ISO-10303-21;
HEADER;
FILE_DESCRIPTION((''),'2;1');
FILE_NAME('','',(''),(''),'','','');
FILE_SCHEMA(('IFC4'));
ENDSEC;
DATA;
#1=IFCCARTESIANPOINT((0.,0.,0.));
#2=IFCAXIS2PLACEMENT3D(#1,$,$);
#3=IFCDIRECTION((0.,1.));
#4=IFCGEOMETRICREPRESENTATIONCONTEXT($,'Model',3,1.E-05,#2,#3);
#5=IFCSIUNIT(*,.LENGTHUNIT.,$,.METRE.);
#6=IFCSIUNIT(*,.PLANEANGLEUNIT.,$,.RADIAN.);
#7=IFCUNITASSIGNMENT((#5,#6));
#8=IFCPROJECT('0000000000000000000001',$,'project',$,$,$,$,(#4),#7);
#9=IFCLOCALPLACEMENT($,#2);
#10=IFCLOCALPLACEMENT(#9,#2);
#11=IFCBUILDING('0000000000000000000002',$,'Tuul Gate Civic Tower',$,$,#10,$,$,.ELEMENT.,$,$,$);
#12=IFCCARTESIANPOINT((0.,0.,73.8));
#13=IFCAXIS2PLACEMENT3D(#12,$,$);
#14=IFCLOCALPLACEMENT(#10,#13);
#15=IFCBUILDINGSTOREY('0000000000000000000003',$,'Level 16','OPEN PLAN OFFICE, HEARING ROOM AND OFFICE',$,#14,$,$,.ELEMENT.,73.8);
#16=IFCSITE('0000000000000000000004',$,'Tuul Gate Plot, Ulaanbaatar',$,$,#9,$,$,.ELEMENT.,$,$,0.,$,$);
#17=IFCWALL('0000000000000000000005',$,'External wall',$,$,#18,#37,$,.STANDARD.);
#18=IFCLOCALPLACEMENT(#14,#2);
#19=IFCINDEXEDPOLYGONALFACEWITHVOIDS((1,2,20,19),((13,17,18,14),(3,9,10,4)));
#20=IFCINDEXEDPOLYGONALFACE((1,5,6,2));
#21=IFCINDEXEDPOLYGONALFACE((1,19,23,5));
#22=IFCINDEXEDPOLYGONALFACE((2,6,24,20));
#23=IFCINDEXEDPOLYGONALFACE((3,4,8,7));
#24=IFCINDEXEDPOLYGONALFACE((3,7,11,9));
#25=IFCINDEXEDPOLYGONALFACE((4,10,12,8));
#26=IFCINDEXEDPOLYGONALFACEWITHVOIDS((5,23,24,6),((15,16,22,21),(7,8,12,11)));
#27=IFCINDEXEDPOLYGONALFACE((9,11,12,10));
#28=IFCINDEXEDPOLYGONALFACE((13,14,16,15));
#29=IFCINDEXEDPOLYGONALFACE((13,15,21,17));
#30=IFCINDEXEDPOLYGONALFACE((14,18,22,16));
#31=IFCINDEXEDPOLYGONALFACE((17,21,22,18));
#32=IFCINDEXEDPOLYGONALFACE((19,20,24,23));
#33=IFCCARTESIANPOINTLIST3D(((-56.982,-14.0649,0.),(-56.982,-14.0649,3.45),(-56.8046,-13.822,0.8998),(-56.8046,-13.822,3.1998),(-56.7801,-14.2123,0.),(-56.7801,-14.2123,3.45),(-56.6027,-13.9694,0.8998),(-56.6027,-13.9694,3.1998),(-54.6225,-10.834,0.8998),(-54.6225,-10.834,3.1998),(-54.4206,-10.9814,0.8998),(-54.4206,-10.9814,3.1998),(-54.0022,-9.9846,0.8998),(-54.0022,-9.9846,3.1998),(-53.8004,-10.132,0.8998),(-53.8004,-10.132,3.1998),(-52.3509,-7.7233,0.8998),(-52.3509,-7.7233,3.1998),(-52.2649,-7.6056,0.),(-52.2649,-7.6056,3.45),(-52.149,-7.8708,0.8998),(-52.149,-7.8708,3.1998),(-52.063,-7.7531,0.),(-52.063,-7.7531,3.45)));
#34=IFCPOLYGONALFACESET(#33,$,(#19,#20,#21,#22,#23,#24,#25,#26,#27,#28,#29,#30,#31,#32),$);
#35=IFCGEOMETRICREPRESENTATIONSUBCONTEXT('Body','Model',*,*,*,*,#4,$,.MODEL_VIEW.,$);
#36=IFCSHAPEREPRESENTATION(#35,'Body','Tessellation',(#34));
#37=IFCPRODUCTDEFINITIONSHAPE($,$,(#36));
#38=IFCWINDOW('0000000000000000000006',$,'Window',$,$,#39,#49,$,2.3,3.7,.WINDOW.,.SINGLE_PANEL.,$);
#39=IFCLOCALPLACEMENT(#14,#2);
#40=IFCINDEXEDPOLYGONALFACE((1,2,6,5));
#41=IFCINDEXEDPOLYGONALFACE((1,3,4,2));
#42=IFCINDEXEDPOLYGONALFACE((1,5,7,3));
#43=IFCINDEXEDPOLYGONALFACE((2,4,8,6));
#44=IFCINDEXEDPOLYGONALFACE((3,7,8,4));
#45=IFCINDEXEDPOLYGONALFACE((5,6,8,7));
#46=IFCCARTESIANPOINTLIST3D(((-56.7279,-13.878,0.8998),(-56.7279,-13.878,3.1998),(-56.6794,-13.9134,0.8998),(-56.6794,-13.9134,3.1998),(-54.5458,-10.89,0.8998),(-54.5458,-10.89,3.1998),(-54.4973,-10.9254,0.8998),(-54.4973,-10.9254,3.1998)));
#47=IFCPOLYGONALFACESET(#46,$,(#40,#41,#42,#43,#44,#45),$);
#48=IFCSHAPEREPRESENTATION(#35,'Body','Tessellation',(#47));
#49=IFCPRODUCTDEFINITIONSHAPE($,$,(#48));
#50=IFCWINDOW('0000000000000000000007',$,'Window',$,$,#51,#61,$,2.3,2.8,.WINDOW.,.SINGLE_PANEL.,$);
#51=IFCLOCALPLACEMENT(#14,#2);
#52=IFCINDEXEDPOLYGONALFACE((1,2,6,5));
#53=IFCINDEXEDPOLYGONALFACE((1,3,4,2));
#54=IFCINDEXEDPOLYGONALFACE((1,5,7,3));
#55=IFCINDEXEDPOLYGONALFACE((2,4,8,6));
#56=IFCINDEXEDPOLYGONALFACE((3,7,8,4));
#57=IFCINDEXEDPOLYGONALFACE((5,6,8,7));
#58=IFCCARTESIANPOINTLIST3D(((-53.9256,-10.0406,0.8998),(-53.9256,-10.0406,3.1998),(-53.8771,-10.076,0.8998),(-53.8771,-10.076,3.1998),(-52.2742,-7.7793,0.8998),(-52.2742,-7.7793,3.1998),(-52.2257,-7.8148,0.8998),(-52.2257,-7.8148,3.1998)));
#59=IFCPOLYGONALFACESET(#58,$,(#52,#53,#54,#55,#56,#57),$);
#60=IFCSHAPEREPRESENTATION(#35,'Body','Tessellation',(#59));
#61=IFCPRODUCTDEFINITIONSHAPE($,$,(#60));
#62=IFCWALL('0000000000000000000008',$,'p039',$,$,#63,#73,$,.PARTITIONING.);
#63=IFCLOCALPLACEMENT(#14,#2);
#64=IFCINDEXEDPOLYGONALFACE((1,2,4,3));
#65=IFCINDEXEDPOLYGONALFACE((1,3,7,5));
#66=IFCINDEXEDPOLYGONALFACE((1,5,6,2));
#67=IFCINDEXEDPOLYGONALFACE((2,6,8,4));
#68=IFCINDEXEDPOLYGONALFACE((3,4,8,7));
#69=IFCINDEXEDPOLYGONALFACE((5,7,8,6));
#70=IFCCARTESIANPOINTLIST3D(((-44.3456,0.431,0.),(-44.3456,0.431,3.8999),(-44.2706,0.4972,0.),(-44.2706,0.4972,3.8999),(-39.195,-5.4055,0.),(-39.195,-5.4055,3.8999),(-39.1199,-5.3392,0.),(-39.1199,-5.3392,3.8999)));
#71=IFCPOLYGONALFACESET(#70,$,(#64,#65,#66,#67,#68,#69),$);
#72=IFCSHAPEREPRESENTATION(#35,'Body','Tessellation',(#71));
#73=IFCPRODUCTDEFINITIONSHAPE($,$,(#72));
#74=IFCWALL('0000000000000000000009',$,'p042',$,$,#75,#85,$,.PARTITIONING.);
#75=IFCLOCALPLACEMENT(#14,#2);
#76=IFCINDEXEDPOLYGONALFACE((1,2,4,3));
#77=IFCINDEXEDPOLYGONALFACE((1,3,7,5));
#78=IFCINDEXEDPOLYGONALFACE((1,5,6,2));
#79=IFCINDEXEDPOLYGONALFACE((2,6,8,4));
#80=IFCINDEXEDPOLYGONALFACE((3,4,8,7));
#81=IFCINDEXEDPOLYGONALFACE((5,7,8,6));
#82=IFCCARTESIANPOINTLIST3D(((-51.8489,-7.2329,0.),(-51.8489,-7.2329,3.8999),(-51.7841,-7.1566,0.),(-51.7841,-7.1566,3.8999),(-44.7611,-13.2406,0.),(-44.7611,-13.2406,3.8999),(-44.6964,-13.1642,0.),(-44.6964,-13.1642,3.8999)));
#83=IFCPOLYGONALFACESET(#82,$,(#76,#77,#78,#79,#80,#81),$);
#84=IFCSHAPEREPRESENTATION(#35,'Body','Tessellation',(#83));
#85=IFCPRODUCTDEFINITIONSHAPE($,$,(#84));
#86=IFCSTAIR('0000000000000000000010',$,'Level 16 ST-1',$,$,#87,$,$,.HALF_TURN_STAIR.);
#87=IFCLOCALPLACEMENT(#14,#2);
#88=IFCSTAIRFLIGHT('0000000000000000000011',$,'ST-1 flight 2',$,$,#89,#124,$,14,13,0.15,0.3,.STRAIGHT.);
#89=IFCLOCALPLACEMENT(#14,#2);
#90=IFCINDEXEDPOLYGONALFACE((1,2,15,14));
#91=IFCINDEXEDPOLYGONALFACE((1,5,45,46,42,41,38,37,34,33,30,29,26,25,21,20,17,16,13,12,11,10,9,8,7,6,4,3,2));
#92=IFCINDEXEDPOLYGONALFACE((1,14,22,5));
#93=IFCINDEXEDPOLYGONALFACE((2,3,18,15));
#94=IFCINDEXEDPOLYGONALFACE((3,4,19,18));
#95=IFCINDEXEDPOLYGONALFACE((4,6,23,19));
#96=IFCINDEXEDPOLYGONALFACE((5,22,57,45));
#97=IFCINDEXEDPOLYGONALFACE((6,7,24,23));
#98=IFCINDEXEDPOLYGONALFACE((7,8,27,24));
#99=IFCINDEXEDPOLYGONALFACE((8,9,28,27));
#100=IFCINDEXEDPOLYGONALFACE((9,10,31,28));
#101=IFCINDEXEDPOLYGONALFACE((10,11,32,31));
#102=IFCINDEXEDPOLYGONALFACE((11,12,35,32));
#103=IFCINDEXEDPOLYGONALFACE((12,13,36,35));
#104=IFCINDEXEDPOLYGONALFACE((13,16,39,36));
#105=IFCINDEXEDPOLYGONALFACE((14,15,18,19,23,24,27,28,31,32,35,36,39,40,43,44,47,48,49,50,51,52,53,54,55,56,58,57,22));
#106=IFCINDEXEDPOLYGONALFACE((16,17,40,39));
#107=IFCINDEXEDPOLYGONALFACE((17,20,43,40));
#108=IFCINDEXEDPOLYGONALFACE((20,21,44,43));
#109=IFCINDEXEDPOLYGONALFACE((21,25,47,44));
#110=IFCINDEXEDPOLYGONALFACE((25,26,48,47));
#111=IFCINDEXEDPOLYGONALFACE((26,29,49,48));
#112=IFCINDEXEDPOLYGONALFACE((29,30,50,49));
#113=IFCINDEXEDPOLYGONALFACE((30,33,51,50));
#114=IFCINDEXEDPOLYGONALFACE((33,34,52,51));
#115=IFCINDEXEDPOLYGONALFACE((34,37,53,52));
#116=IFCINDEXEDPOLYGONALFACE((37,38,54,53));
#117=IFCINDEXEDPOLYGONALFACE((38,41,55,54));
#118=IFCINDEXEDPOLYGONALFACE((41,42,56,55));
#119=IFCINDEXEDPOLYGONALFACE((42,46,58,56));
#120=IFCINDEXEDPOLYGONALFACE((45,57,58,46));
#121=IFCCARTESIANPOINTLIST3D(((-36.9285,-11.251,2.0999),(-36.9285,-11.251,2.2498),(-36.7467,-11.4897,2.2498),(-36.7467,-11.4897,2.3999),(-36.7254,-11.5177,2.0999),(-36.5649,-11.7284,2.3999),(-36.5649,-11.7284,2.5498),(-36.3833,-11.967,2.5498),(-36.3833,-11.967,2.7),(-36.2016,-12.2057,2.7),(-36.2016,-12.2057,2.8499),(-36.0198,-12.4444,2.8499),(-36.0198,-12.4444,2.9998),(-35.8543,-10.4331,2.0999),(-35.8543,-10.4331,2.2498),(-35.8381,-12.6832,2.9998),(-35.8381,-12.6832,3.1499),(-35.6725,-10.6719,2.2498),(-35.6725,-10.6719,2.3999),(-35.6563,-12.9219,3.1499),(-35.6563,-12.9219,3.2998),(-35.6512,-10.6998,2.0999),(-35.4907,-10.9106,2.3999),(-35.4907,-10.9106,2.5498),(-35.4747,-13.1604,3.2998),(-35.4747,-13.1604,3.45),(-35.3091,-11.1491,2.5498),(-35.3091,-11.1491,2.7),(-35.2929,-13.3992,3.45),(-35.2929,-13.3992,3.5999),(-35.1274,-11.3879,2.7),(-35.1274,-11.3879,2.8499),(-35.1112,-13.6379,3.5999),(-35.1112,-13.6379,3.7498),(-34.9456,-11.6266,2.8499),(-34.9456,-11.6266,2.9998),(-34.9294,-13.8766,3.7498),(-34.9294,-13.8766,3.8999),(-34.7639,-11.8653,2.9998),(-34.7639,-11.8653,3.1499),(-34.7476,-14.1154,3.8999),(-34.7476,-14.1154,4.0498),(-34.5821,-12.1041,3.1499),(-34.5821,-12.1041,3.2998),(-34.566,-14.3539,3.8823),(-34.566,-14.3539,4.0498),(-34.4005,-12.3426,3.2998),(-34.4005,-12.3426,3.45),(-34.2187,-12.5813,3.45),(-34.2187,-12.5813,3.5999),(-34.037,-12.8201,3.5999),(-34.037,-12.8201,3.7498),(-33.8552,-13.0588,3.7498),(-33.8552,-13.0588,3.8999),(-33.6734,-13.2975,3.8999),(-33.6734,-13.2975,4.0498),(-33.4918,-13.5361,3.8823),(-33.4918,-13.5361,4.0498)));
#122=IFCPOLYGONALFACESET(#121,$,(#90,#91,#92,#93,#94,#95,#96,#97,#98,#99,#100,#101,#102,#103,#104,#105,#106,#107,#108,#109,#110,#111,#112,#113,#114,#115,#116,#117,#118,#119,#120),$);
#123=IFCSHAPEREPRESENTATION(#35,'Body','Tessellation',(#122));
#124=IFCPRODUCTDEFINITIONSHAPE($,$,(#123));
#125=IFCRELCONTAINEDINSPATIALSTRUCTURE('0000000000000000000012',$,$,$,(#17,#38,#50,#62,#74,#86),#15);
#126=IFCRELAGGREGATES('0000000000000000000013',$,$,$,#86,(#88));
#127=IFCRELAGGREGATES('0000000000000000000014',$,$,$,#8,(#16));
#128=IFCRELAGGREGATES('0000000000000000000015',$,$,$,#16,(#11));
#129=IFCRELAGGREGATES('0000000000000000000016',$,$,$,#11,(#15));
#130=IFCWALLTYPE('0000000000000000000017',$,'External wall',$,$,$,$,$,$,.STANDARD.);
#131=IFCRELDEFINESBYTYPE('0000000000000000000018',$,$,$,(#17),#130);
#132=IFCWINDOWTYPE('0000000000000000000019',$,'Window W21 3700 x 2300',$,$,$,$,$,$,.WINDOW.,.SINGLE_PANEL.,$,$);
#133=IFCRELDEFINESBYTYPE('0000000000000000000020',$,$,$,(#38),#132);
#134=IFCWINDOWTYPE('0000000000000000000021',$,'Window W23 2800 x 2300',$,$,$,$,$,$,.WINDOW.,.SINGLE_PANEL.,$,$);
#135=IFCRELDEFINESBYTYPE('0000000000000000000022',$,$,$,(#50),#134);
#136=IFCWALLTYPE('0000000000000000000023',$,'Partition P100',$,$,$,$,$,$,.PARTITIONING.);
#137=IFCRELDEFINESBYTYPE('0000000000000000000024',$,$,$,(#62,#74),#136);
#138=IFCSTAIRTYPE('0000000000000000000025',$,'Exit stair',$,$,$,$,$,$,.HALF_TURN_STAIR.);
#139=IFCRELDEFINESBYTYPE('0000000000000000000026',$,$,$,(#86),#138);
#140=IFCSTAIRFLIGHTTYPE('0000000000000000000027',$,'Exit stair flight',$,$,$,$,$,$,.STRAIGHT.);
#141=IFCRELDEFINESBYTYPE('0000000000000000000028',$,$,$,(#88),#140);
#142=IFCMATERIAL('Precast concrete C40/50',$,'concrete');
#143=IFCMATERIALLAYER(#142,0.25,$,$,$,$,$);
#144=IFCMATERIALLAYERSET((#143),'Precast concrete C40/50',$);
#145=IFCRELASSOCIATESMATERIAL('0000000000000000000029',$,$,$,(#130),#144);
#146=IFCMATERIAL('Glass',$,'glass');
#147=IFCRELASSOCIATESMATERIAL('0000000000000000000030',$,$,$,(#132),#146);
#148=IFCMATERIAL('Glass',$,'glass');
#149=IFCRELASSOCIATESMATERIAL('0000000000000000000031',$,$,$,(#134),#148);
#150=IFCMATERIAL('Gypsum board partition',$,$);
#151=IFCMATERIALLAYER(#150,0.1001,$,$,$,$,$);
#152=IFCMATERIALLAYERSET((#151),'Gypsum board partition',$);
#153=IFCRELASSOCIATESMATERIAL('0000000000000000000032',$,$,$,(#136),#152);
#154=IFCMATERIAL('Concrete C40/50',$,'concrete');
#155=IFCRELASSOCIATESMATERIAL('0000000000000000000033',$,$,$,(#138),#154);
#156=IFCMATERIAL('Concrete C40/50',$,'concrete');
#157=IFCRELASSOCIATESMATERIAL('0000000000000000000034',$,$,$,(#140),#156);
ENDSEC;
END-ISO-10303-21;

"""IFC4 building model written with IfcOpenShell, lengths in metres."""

from ifc_helpers import new_model, si_unit, direction, frame, frame_2d, origin, place, context, subcontext, project, spatial, polyline, rectangle, outline, extrude, material, layer, layer_set, type_object, element, fill, aggregate, save


model = new_model("IFC4")

# Units and contexts
model_context = context("Model", 3, precision=1e-05, world=origin(), true_north=direction((0.0, 1.0)))
body_context = subcontext(model_context, "Body", "Model", "MODEL_VIEW")
ifc_project = project(units=[si_unit("LENGTHUNIT", "METRE"), si_unit("PLANEANGLEUNIT", "RADIAN")], contexts=[model_context])

# Site, building, storey
site_placement = place(None, origin())
site = spatial("IfcSite", under=ifc_project, at=site_placement, Name="Tuul Gate Plot, Ulaanbaatar", CompositionType="ELEMENT", RefElevation=0.0)
building_placement = place(site_placement, origin())
building = spatial("IfcBuilding", under=site, at=building_placement, Name="Tuul Gate Civic Tower", CompositionType="ELEMENT")
storey_placement = place(building_placement, frame((0.0, 0.0, 73.8)))
storey = spatial("IfcBuildingStorey", under=building, at=storey_placement, Name="Level 16", Description="OPEN PLAN OFFICE, HEARING ROOM AND OFFICE", CompositionType="ELEMENT", Elevation=73.8)

# Wall, openings, windows
ifc_material_1 = material(Name="Precast concrete C40/50", Category="concrete")
ifc_layer_1 = layer(ifc_material_1, 0.25)
ifc_layer_set_1 = layer_set([ifc_layer_1], Name="Precast concrete C40/50")
wall_type_1 = type_object("IfcWallType", Name="External wall", PredefinedType="STANDARD", material=ifc_layer_set_1)
wall_1_placement = place(storey_placement, frame((-52.1641, -7.6794, 0.0), z_axis=(0.0, 0.0, 1.0), x_axis=(-0.589759, -0.80758, 0.0)))
wall_1 = element("IfcWall", 1, at=wall_1_placement, inside=storey, type_object=wall_type_1, Name="External wall", PredefinedType="STANDARD", context=body_context, shape_type="SweptSolid", body=[
    extrude(rectangle(XDim=7.9983, YDim=0.25, at=frame_2d((3.999, 0.0))), origin(), (0.0, 0.0, 1.0), 3.45),
])
opening_1_placement = place(wall_1_placement, frame((0.1458, 0.0, 0.8999)))
opening_1 = element("IfcOpeningElement", 2, at=opening_1_placement, cuts=wall_1, PredefinedType="OPENING", context=body_context, shape_type="SweptSolid", body=[
    extrude(rectangle(XDim=2.8, YDim=2.3, at=frame_2d((1.3999, 1.1499))), frame((0.0, 0.135, 0.0), z_axis=(0.0, -1.0, 0.0), x_axis=(1.0, 0.0, 0.0)), (0.0, 0.0, 1.0), 0.27),
])
opening_2_placement = place(wall_1_placement, frame((3.9973, 0.0, 0.8999)))
opening_2 = element("IfcOpeningElement", 3, at=opening_2_placement, cuts=wall_1, PredefinedType="OPENING", context=body_context, shape_type="SweptSolid", body=[
    extrude(rectangle(XDim=3.7, YDim=2.3, at=frame_2d((1.8501, 1.1499))), frame((0.0, 0.135, 0.0), z_axis=(0.0, -1.0, 0.0), x_axis=(1.0, 0.0, 0.0)), (0.0, 0.0, 1.0), 0.27),
])
ifc_material_2 = material(Name="Glass", Category="glass")
window_type_1 = type_object("IfcWindowType", Name="Window W21 3700 x 2300", PartitioningType="SINGLE_PANEL", PredefinedType="WINDOW", material=ifc_material_2)
window_1_placement = place(opening_2_placement, origin())
window_1 = element("IfcWindow", 4, at=window_1_placement, inside=storey, type_object=window_type_1, Name="Window", OverallHeight=2.3, OverallWidth=3.7, PartitioningType="SINGLE_PANEL", PredefinedType="WINDOW", context=body_context, shape_type="SweptSolid", body=[
    extrude(rectangle(XDim=3.7, YDim=2.3, at=frame_2d((1.8501, 1.1499))), frame((0.0, 0.03, 0.0), z_axis=(0.0, -1.0, 0.0), x_axis=(1.0, 0.0, 0.0)), (0.0, 0.0, 1.0), 0.0601),
])
fill(opening_2, window_1)
ifc_material_3 = material(Name="Glass", Category="glass")
window_type_2 = type_object("IfcWindowType", Name="Window W23 2800 x 2300", PartitioningType="SINGLE_PANEL", PredefinedType="WINDOW", material=ifc_material_3)
window_2_placement = place(opening_1_placement, origin())
window_2 = element("IfcWindow", 5, at=window_2_placement, inside=storey, type_object=window_type_2, Name="Window", OverallHeight=2.3, OverallWidth=2.8, PartitioningType="SINGLE_PANEL", PredefinedType="WINDOW", context=body_context, shape_type="SweptSolid", body=[
    extrude(rectangle(XDim=2.8, YDim=2.3, at=frame_2d((1.3999, 1.1499))), frame((0.0, 0.03, 0.0), z_axis=(0.0, -1.0, 0.0), x_axis=(1.0, 0.0, 0.0)), (0.0, 0.0, 1.0), 0.0601),
])
fill(opening_1, window_2)

# Walls
ifc_material_4 = material(Name="Gypsum board partition")
ifc_layer_2 = layer(ifc_material_4, 0.1001)
ifc_layer_set_2 = layer_set([ifc_layer_2], Name="Gypsum board partition")
wall_type_2 = type_object("IfcWallType", Name="Partition P100", PredefinedType="PARTITIONING", material=ifc_layer_set_2)
wall_2_placement = place(storey_placement, frame((-44.3081, 0.4641, 0.0), z_axis=(0.0, 0.0, 1.0), x_axis=(0.661683, -0.749784, 0.0)))
element("IfcWall", 6, at=wall_2_placement, inside=storey, type_object=wall_type_2, Name="p039", PredefinedType="PARTITIONING", context=body_context, shape_type="SweptSolid", body=[
    extrude(rectangle(XDim=7.7842, YDim=0.1001, at=frame_2d((3.8921, 0.0))), origin(), (0.0, 0.0, 1.0), 3.8999),
])
wall_3_placement = place(storey_placement, frame((-51.8164, -7.1948, 0.0), z_axis=(0.0, 0.0, 1.0), x_axis=(0.762838, -0.64659, 0.0)))
element("IfcWall", 7, at=wall_3_placement, inside=storey, type_object=wall_type_2, Name="p042", PredefinedType="PARTITIONING", context=body_context, shape_type="SweptSolid", body=[
    extrude(rectangle(XDim=9.2913, YDim=0.1001, at=frame_2d((4.6455, 0.0))), origin(), (0.0, 0.0, 1.0), 3.8999),
])

# Stair, stair flight
ifc_material_5 = material(Name="Concrete C40/50", Category="concrete")
stair_type = type_object("IfcStairType", Name="Exit stair", PredefinedType="HALF_TURN_STAIR", material=ifc_material_5)
stair_placement = place(storey_placement, origin())
stair = element("IfcStair", 8, at=stair_placement, inside=storey, type_object=stair_type, Name="Level 16 ST-1", PredefinedType="HALF_TURN_STAIR")
ifc_material_6 = material(Name="Concrete C40/50", Category="concrete")
stair_flight_type = type_object("IfcStairFlightType", Name="Exit stair flight", PredefinedType="STRAIGHT", material=ifc_material_6)
stair_flight_placement = place(storey_placement, frame((-36.3914, -10.842, 2.0999), z_axis=(0.0, 0.0, 1.0), x_axis=(0.605764, -0.795644, 0.0)))
stair_flight = element("IfcStairFlight", 9, at=stair_flight_placement, type_object=stair_flight_type, Name="ST-1 flight 2", NumberOfRisers=14, NumberOfTreads=13, PredefinedType="STRAIGHT", RiserHeight=0.15, TreadLength=0.3, context=body_context, shape_type="SweptSolid", body=[
    extrude(outline(polyline([(0.0, 0.0), (0.0, 0.1499), (0.3, 0.1499), (0.3, 0.3), (0.6001, 0.3), (0.6001, 0.45), (0.8999, 0.45), (0.8999, 0.6001), (1.2, 0.6001), (1.2, 0.75), (1.5, 0.75), (1.5, 0.8999), (1.8, 0.8999), (1.8, 1.05), (2.1001, 1.05), (2.1001, 1.2), (2.3999, 1.2), (2.3999, 1.3501), (2.7, 1.3501), (2.7, 1.5), (3.0, 1.5), (3.0, 1.6499), (3.3, 1.6499), (3.3, 1.8), (3.6001, 1.8), (3.6001, 1.95), (3.8999, 1.95), (3.8999, 2.1001), (3.8999, 1.7825), (0.3352, 0.0), (0.0, 0.0)])), frame((0.0, 0.675, 0.0), z_axis=(0.0, -1.0, 0.0), x_axis=(1.0, 0.0, 0.0)), (0.0, 0.0, 1.0), 1.3501),
])
aggregate(stair, [stair_flight])

save(model, "model.ifc")
